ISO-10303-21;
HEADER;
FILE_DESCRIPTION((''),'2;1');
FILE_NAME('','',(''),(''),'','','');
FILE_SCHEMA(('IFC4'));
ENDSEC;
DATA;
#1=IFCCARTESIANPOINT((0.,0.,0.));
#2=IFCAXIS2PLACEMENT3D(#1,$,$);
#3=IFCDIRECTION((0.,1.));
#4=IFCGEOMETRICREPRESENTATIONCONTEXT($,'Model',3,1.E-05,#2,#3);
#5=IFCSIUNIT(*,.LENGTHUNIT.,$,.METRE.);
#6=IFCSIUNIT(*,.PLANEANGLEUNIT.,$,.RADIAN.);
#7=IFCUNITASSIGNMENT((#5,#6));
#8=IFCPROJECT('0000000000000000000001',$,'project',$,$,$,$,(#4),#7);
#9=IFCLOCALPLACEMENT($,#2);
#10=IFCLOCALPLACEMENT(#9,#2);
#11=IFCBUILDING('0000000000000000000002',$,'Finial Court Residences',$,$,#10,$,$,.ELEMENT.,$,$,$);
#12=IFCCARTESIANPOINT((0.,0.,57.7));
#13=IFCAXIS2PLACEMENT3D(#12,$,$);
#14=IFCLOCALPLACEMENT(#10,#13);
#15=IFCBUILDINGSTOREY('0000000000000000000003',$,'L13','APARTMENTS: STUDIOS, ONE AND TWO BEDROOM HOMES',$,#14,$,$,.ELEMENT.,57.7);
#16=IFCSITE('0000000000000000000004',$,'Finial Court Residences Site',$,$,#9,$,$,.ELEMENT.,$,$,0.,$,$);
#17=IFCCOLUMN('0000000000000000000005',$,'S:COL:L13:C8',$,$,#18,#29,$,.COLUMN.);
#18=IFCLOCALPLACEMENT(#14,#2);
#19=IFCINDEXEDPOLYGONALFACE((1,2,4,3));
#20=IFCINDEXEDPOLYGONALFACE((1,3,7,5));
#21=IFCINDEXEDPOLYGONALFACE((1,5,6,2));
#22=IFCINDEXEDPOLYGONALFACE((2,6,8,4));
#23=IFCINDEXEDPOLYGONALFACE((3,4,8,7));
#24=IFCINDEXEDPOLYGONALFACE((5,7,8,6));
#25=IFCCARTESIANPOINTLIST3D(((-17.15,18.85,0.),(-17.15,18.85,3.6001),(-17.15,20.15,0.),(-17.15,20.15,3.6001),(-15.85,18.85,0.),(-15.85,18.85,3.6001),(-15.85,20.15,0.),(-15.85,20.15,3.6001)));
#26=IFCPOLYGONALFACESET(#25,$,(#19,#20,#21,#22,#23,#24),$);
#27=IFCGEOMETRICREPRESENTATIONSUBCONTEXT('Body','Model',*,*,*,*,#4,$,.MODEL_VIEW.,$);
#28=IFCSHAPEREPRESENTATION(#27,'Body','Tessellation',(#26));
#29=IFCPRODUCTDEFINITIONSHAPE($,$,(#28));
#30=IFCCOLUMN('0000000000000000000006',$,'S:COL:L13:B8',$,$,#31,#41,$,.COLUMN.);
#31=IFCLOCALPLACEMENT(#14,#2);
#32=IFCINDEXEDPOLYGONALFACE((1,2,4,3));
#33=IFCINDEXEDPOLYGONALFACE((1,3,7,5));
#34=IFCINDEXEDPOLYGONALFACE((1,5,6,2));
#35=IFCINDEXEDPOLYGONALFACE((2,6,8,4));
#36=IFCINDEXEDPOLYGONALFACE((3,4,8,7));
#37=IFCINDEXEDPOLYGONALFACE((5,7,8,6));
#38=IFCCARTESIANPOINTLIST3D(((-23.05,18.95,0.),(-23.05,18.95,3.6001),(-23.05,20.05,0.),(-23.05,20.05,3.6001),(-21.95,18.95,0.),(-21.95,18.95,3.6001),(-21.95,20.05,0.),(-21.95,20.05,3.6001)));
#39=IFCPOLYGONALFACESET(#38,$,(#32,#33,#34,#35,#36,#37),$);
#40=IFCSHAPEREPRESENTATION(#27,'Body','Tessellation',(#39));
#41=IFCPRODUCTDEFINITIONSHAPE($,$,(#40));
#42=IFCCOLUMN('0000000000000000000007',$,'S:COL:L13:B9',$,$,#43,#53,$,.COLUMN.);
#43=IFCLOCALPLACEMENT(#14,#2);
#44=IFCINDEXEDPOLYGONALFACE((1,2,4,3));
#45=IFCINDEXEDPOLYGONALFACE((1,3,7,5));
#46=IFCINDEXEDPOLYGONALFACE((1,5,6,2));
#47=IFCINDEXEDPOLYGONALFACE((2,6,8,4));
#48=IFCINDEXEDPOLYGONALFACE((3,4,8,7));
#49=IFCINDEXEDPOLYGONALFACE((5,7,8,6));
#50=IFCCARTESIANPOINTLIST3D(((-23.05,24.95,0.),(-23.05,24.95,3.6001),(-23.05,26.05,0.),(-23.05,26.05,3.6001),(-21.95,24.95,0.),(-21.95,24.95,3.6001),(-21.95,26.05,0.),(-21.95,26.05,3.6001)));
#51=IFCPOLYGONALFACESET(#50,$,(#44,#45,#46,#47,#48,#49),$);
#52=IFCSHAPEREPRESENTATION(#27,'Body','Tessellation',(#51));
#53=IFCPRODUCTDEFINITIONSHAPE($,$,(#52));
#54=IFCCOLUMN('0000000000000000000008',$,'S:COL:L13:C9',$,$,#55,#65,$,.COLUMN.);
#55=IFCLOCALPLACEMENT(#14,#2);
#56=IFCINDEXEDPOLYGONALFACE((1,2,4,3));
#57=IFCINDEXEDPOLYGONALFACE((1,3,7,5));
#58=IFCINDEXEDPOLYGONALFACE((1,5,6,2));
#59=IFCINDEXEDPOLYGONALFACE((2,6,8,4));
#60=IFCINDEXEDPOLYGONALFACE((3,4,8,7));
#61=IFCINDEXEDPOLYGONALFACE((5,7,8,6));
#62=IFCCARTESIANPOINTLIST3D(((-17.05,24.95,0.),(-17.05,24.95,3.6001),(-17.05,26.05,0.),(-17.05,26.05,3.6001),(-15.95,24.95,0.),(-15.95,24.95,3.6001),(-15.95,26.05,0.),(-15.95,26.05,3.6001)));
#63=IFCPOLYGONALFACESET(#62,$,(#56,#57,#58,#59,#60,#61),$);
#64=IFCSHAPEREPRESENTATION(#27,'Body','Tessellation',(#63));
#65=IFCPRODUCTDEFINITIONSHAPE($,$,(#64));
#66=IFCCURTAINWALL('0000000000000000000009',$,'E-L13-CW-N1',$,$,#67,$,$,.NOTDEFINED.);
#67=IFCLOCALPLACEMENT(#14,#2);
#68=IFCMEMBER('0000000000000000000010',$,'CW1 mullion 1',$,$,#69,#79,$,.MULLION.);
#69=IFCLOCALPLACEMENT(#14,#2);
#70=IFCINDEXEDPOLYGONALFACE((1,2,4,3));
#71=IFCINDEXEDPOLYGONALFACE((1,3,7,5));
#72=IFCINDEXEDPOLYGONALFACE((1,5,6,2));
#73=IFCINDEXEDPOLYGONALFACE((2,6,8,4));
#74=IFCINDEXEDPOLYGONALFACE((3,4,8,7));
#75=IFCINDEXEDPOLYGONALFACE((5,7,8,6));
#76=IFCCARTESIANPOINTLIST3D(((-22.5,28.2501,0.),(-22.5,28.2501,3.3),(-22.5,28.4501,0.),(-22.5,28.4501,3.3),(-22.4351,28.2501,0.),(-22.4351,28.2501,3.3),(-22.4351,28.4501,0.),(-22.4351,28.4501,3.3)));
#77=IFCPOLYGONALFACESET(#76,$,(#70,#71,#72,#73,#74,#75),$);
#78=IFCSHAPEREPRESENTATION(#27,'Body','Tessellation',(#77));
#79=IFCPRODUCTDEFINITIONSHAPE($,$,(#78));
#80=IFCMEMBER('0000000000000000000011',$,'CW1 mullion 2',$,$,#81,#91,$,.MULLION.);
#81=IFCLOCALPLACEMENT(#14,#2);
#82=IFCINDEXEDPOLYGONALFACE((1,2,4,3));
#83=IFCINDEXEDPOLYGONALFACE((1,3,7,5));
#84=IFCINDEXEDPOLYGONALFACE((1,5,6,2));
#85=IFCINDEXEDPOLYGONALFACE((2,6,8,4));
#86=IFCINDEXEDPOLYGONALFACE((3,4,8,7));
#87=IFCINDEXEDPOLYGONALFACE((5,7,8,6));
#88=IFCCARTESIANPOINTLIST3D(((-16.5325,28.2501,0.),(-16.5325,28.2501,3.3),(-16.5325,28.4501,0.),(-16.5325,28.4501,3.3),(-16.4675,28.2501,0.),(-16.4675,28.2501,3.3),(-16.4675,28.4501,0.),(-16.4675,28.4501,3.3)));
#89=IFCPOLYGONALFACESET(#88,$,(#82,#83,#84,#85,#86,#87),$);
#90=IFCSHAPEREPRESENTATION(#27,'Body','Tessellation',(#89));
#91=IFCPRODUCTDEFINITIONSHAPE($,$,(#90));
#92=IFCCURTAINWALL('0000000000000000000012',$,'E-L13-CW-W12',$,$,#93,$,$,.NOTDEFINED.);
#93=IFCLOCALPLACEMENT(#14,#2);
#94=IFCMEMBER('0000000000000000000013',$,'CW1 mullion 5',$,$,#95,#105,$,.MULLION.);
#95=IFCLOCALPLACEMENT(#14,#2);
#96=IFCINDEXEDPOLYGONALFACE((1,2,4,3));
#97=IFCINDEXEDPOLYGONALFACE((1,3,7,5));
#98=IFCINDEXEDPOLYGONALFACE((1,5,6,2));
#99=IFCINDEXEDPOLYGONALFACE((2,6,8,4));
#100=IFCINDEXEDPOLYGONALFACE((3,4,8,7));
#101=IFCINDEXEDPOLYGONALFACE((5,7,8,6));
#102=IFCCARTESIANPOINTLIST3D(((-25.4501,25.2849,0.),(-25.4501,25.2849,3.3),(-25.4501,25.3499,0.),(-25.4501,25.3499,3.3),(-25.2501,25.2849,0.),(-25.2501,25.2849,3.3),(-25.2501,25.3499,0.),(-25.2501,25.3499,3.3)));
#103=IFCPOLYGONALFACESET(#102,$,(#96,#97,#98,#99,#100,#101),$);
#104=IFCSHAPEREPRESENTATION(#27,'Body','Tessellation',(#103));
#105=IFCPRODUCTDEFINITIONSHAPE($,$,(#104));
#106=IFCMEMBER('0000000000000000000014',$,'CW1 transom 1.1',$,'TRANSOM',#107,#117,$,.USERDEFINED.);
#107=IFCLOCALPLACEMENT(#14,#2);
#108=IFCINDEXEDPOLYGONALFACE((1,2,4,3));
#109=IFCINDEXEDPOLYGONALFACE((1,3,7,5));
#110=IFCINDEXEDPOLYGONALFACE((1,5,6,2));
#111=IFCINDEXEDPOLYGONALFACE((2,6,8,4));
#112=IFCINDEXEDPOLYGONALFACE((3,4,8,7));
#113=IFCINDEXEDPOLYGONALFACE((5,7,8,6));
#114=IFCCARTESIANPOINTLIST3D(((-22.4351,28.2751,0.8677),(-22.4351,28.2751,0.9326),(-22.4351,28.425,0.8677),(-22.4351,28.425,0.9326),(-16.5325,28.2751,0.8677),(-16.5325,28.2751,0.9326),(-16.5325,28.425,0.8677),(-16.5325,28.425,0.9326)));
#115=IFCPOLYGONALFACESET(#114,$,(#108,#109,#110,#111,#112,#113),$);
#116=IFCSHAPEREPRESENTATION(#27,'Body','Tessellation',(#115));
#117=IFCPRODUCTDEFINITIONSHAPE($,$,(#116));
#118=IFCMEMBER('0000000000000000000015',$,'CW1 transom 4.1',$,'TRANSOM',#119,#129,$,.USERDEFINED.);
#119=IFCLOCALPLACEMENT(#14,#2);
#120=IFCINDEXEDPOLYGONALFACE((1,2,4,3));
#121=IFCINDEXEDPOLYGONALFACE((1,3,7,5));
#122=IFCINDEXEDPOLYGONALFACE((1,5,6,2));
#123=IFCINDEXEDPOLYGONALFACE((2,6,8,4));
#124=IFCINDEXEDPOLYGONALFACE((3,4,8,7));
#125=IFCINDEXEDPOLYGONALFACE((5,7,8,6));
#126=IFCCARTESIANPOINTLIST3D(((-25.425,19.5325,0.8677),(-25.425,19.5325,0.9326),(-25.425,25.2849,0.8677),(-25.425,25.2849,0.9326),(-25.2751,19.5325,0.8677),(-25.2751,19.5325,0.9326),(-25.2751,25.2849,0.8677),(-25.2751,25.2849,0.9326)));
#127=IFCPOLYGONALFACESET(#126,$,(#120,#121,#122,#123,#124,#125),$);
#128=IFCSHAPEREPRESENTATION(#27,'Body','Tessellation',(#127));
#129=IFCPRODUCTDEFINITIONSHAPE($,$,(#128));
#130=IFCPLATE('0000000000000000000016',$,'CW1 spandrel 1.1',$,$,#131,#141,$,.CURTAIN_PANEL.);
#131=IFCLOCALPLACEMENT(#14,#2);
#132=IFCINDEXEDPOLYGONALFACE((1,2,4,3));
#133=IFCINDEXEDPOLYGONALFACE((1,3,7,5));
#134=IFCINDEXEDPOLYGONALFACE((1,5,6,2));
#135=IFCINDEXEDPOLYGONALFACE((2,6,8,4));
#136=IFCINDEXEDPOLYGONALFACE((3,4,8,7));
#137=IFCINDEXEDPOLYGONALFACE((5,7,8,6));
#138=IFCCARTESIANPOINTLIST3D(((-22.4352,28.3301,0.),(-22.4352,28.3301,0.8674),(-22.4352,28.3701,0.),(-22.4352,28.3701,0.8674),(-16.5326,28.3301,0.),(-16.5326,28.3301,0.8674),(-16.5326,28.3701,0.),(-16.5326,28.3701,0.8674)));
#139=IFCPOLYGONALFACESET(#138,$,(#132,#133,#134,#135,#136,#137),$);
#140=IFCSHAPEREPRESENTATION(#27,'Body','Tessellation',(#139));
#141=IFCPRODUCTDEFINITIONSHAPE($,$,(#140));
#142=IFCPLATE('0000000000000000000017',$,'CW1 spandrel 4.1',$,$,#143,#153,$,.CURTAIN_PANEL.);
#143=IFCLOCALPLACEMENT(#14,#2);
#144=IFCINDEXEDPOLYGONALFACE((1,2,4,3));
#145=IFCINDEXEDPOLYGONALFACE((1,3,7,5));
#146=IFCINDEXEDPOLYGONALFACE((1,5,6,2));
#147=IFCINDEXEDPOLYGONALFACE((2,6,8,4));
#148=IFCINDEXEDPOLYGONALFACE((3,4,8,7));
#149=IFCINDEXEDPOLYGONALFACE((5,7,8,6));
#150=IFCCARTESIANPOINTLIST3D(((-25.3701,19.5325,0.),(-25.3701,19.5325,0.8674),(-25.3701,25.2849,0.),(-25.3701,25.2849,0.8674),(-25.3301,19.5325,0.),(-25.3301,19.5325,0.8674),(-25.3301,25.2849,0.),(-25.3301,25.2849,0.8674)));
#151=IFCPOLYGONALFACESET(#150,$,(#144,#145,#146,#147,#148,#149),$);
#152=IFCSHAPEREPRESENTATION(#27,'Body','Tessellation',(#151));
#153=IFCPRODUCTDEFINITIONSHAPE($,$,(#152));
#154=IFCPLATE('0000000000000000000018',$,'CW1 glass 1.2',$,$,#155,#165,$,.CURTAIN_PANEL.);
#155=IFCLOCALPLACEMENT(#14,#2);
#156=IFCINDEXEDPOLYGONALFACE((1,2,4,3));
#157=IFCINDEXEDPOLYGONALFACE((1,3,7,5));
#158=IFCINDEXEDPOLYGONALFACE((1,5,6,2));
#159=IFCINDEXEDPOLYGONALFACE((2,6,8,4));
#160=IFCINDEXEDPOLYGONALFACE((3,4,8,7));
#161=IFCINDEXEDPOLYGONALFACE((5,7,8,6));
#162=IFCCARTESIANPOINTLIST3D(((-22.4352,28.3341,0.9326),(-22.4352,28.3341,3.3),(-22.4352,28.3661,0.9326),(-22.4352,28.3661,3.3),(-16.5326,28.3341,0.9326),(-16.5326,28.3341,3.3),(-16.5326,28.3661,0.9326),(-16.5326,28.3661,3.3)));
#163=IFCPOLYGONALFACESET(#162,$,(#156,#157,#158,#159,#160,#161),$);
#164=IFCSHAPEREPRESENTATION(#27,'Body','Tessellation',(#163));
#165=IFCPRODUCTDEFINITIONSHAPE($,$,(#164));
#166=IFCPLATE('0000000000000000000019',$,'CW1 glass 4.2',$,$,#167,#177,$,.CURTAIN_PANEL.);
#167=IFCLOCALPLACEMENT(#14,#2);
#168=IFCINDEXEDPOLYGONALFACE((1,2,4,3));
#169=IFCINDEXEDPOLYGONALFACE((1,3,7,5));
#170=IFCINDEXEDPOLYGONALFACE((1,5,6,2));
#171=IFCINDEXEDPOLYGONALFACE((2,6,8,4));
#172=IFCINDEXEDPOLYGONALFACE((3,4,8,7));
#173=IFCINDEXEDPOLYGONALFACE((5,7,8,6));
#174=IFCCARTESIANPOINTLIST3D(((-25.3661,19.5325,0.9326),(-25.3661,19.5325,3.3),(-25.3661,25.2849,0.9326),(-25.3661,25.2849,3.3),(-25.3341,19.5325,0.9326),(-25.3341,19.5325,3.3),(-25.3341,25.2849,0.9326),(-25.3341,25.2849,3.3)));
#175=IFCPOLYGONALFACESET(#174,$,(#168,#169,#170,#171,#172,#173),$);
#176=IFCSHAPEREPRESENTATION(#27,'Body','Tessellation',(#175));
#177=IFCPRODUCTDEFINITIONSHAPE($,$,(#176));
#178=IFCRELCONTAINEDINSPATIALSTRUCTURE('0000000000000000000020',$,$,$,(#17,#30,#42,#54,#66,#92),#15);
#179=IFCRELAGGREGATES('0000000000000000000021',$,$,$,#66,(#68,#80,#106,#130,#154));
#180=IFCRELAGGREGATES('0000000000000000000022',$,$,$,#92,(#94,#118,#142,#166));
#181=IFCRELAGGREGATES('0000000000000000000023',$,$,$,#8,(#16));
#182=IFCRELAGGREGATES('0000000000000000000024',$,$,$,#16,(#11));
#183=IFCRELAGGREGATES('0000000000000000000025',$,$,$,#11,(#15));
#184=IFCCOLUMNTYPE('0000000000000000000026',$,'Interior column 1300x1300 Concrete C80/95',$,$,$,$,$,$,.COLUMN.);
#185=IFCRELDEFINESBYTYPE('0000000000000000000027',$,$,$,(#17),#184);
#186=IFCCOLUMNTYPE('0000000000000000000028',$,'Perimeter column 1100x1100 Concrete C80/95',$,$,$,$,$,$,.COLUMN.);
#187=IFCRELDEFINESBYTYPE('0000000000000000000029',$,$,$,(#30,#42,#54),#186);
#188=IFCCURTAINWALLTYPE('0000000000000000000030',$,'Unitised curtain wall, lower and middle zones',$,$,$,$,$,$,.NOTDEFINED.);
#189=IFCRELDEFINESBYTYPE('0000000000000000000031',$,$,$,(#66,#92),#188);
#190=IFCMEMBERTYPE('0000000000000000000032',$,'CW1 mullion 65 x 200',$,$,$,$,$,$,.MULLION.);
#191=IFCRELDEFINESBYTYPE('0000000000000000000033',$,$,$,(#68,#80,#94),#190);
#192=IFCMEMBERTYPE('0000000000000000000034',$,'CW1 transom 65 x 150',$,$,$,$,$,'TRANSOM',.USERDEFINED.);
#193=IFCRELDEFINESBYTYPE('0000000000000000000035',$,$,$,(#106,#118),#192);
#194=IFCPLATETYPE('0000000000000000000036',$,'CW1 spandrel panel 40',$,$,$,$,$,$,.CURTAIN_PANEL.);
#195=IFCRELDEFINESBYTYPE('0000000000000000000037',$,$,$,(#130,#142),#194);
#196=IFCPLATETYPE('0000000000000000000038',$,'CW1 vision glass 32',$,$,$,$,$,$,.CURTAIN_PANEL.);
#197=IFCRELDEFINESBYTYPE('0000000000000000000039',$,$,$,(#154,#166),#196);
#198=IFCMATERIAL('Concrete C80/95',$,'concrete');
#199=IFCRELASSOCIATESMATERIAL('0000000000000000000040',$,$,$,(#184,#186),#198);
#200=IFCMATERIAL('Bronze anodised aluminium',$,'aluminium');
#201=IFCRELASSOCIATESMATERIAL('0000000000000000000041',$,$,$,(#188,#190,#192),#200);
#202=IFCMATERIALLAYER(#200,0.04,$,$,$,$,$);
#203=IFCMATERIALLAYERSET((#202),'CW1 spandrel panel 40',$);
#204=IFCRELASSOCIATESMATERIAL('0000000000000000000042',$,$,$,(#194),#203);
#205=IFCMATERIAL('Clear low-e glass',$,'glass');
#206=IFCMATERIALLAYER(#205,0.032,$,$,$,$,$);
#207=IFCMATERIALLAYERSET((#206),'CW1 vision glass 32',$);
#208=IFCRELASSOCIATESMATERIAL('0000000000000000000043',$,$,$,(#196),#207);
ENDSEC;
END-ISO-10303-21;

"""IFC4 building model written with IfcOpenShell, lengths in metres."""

from ifc_helpers import new_model, si_unit, direction, frame, origin, origin_2d, place, context, subcontext, project, spatial, rectangle, extrude, material, layer, layer_set, material_profile, profile_set, type_object, element, aggregate, save


model = new_model("IFC4")

# Units and contexts
model_context = context("Model", 3, precision=1e-05, world=origin(), true_north=direction((0.0, 1.0)))
body_context = subcontext(model_context, "Body", "Model", "MODEL_VIEW")
ifc_project = project(units=[si_unit("LENGTHUNIT", "METRE"), si_unit("PLANEANGLEUNIT", "RADIAN")], contexts=[model_context])

# Site, building, storey
site_placement = place(None, origin())
site = spatial("IfcSite", under=ifc_project, at=site_placement, Name="Finial Court Residences Site", CompositionType="ELEMENT", RefElevation=0.0)
building_placement = place(site_placement, origin())
building = spatial("IfcBuilding", under=site, at=building_placement, Name="Finial Court Residences", CompositionType="ELEMENT")
storey_placement = place(building_placement, frame((0.0, 0.0, 57.7)))
storey = spatial("IfcBuildingStorey", under=building, at=storey_placement, Name="L13", Description="APARTMENTS: STUDIOS, ONE AND TWO BEDROOM HOMES", CompositionType="ELEMENT", Elevation=57.7)

# Columns
ifc_material_1 = material(Name="Concrete C80/95", Category="concrete")
ifc_material_profile_1 = material_profile(ifc_material_1, rectangle(XDim=1.3, YDim=1.3, at=origin_2d()), Name="1300x1300")
ifc_profile_set_1 = profile_set([ifc_material_profile_1], Name="Concrete C80/95")
column_type_1 = type_object("IfcColumnType", Name="Interior column 1300x1300 Concrete C80/95", PredefinedType="COLUMN", material=ifc_profile_set_1)
column_placement = place(storey_placement, frame((-16.5, 19.5, 0.0), z_axis=(0.0, 0.0, 1.0), x_axis=(1.0, 0.0, 0.0)))
element("IfcColumn", 1, at=column_placement, inside=storey, type_object=column_type_1, Name="S:COL:L13:C8", PredefinedType="COLUMN", context=body_context, shape_type="SweptSolid", body=[
    extrude(rectangle(XDim=1.3, YDim=1.3, at=origin_2d()), origin(), (0.0, 0.0, 1.0), 3.6001),
])
ifc_material_profile_2 = material_profile(ifc_material_1, rectangle(XDim=1.1001, YDim=1.1001, at=origin_2d()), Name="1100x1100")
ifc_profile_set_2 = profile_set([ifc_material_profile_2], Name="Concrete C80/95")
column_type_2 = type_object("IfcColumnType", Name="Perimeter column 1100x1100 Concrete C80/95", PredefinedType="COLUMN", material=ifc_profile_set_2)
for number, where, z_axis, x_axis, name in (
    (2, (-22.5, 19.5, 0.0), (0.0, 0.0, 1.0), (1.0, 0.0, 0.0), "S:COL:L13:B8"),
    (3, (-22.5, 25.5, 0.0), (0.0, 0.0, 1.0), (1.0, 0.0, 0.0), "S:COL:L13:B9"),
    (4, (-16.5, 25.5, 0.0), (0.0, 0.0, 1.0), (1.0, 0.0, 0.0), "S:COL:L13:C9"),
):
    element("IfcColumn", number, at=place(storey_placement, frame(where, z_axis=z_axis, x_axis=x_axis)), inside=storey, type_object=column_type_2, Name=name, PredefinedType="COLUMN", context=body_context, shape_type="SweptSolid", body=[
        extrude(rectangle(XDim=1.1001, YDim=1.1001, at=origin_2d()), origin(), (0.0, 0.0, 1.0), 3.6001),
    ])

# Curtain wall, members
ifc_material_2 = material(Name="Bronze anodised aluminium", Category="aluminium")
curtain_wall_type = type_object("IfcCurtainWallType", Name="Unitised curtain wall, lower and middle zones", PredefinedType="NOTDEFINED", material=ifc_material_2)
curtain_wall_1_placement = place(storey_placement, origin())
curtain_wall_1 = element("IfcCurtainWall", 5, at=curtain_wall_1_placement, inside=storey, type_object=curtain_wall_type, Name="E-L13-CW-N1", PredefinedType="NOTDEFINED")
ifc_material_profile_3 = material_profile(ifc_material_2, rectangle(XDim=0.2, YDim=0.0649, at=origin_2d()), Name="CW1 mullion 65 x 200")
ifc_profile_set_3 = profile_set([ifc_material_profile_3], Name="Bronze anodised aluminium")
member_type_1 = type_object("IfcMemberType", Name="CW1 mullion 65 x 200", PredefinedType="MULLION", material=ifc_profile_set_3)
member_1_placement = place(storey_placement, frame((-22.4675, 28.3501, 0.0), z_axis=(0.0, 0.0, 1.0), x_axis=(0.0, 1.0, 0.0)))
member_1 = element("IfcMember", 6, at=member_1_placement, type_object=member_type_1, Name="CW1 mullion 1", PredefinedType="MULLION", context=body_context, shape_type="SweptSolid", body=[
    extrude(rectangle(XDim=0.2, YDim=0.0649, at=origin_2d()), origin(), (0.0, 0.0, 1.0), 3.3),
])
member_2_placement = place(storey_placement, frame((-16.5, 28.3501, 0.0), z_axis=(0.0, 0.0, 1.0), x_axis=(0.0, 1.0, 0.0)))
member_2 = element("IfcMember", 7, at=member_2_placement, type_object=member_type_1, Name="CW1 mullion 2", PredefinedType="MULLION", context=body_context, shape_type="SweptSolid", body=[
    extrude(rectangle(XDim=0.2, YDim=0.0649, at=origin_2d()), origin(), (0.0, 0.0, 1.0), 3.3),
])

# Curtain wall, member
curtain_wall_2_placement = place(storey_placement, origin())
curtain_wall_2 = element("IfcCurtainWall", 8, at=curtain_wall_2_placement, inside=storey, type_object=curtain_wall_type, Name="E-L13-CW-W12", PredefinedType="NOTDEFINED")
member_3_placement = place(storey_placement, frame((-25.3501, 25.3174, 0.0), z_axis=(0.0, 0.0, 1.0), x_axis=(-1.0, 0.0, 0.0)))
member_3 = element("IfcMember", 9, at=member_3_placement, type_object=member_type_1, Name="CW1 mullion 5", PredefinedType="MULLION", context=body_context, shape_type="SweptSolid", body=[
    extrude(rectangle(XDim=0.2, YDim=0.0649, at=origin_2d()), origin(), (0.0, 0.0, 1.0), 3.3),
])

# Members
ifc_material_profile_4 = material_profile(ifc_material_2, rectangle(XDim=0.1499, YDim=0.0649, at=origin_2d()), Name="CW1 transom 65 x 150")
ifc_profile_set_4 = profile_set([ifc_material_profile_4], Name="Bronze anodised aluminium")
member_type_2 = type_object("IfcMemberType", Name="CW1 transom 65 x 150", ElementType="TRANSOM", PredefinedType="USERDEFINED", material=ifc_profile_set_4)
member_4_placement = place(storey_placement, frame((-22.4351, 28.3501, 0.9001), z_axis=(1.0, 0.0, 0.0), x_axis=(0.0, 1.0, 0.0)))
member_4 = element("IfcMember", 10, at=member_4_placement, type_object=member_type_2, Name="CW1 transom 1.1", ObjectType="TRANSOM", PredefinedType="USERDEFINED", context=body_context, shape_type="SweptSolid", body=[
    extrude(rectangle(XDim=0.1499, YDim=0.0649, at=origin_2d()), origin(), (0.0, 0.0, 1.0), 5.9026),
])
member_5_placement = place(storey_placement, frame((-25.3501, 19.5325, 0.9001), z_axis=(0.0, 1.0, 0.0), x_axis=(-1.0, 0.0, 0.0)))
member_5 = element("IfcMember", 11, at=member_5_placement, type_object=member_type_2, Name="CW1 transom 4.1", ObjectType="TRANSOM", PredefinedType="USERDEFINED", context=body_context, shape_type="SweptSolid", body=[
    extrude(rectangle(XDim=0.1499, YDim=0.0649, at=origin_2d()), origin(), (0.0, 0.0, 1.0), 5.7524),
])

# Plates
ifc_layer_1 = layer(ifc_material_2, 0.04)
ifc_layer_set_1 = layer_set([ifc_layer_1], Name="CW1 spandrel panel 40")
plate_type_1 = type_object("IfcPlateType", Name="CW1 spandrel panel 40", PredefinedType="CURTAIN_PANEL", material=ifc_layer_set_1)
plate_1_placement = place(storey_placement, frame((-19.4839, 28.3501, 0.0), z_axis=(0.0, 0.0, 1.0), x_axis=(1.0, 0.0, 0.0)))
plate_1 = element("IfcPlate", 12, at=plate_1_placement, type_object=plate_type_1, Name="CW1 spandrel 1.1", PredefinedType="CURTAIN_PANEL", context=body_context, shape_type="SweptSolid", body=[
    extrude(rectangle(XDim=5.9026, YDim=0.04, at=origin_2d()), origin(), (0.0, 0.0, 1.0), 0.8674),
])
plate_2_placement = place(storey_placement, frame((-25.3501, 22.4087, 0.0), z_axis=(0.0, 0.0, 1.0), x_axis=(0.0, 1.0, 0.0)))
plate_2 = element("IfcPlate", 13, at=plate_2_placement, type_object=plate_type_1, Name="CW1 spandrel 4.1", PredefinedType="CURTAIN_PANEL", context=body_context, shape_type="SweptSolid", body=[
    extrude(rectangle(XDim=5.7524, YDim=0.04, at=origin_2d()), origin(), (0.0, 0.0, 1.0), 0.8674),
])
ifc_material_3 = material(Name="Clear low-e glass", Category="glass")
ifc_layer_2 = layer(ifc_material_3, 0.032)
ifc_layer_set_2 = layer_set([ifc_layer_2], Name="CW1 vision glass 32")
plate_type_2 = type_object("IfcPlateType", Name="CW1 vision glass 32", PredefinedType="CURTAIN_PANEL", material=ifc_layer_set_2)
plate_3_placement = place(storey_placement, frame((-19.4839, 28.3501, 0.9326), z_axis=(0.0, 0.0, 1.0), x_axis=(1.0, 0.0, 0.0)))
plate_3 = element("IfcPlate", 14, at=plate_3_placement, type_object=plate_type_2, Name="CW1 glass 1.2", PredefinedType="CURTAIN_PANEL", context=body_context, shape_type="SweptSolid", body=[
    extrude(rectangle(XDim=5.9026, YDim=0.032, at=origin_2d()), origin(), (0.0, 0.0, 1.0), 2.3674),
])
aggregate(curtain_wall_1, [member_1, member_2, member_4, plate_1, plate_3])
plate_4_placement = place(storey_placement, frame((-25.3501, 22.4087, 0.9326), z_axis=(0.0, 0.0, 1.0), x_axis=(0.0, 1.0, 0.0)))
plate_4 = element("IfcPlate", 15, at=plate_4_placement, type_object=plate_type_2, Name="CW1 glass 4.2", PredefinedType="CURTAIN_PANEL", context=body_context, shape_type="SweptSolid", body=[
    extrude(rectangle(XDim=5.7524, YDim=0.032, at=origin_2d()), origin(), (0.0, 0.0, 1.0), 2.3674),
])
aggregate(curtain_wall_2, [member_3, member_5, plate_2, plate_4])

save(model, "model.ifc")
